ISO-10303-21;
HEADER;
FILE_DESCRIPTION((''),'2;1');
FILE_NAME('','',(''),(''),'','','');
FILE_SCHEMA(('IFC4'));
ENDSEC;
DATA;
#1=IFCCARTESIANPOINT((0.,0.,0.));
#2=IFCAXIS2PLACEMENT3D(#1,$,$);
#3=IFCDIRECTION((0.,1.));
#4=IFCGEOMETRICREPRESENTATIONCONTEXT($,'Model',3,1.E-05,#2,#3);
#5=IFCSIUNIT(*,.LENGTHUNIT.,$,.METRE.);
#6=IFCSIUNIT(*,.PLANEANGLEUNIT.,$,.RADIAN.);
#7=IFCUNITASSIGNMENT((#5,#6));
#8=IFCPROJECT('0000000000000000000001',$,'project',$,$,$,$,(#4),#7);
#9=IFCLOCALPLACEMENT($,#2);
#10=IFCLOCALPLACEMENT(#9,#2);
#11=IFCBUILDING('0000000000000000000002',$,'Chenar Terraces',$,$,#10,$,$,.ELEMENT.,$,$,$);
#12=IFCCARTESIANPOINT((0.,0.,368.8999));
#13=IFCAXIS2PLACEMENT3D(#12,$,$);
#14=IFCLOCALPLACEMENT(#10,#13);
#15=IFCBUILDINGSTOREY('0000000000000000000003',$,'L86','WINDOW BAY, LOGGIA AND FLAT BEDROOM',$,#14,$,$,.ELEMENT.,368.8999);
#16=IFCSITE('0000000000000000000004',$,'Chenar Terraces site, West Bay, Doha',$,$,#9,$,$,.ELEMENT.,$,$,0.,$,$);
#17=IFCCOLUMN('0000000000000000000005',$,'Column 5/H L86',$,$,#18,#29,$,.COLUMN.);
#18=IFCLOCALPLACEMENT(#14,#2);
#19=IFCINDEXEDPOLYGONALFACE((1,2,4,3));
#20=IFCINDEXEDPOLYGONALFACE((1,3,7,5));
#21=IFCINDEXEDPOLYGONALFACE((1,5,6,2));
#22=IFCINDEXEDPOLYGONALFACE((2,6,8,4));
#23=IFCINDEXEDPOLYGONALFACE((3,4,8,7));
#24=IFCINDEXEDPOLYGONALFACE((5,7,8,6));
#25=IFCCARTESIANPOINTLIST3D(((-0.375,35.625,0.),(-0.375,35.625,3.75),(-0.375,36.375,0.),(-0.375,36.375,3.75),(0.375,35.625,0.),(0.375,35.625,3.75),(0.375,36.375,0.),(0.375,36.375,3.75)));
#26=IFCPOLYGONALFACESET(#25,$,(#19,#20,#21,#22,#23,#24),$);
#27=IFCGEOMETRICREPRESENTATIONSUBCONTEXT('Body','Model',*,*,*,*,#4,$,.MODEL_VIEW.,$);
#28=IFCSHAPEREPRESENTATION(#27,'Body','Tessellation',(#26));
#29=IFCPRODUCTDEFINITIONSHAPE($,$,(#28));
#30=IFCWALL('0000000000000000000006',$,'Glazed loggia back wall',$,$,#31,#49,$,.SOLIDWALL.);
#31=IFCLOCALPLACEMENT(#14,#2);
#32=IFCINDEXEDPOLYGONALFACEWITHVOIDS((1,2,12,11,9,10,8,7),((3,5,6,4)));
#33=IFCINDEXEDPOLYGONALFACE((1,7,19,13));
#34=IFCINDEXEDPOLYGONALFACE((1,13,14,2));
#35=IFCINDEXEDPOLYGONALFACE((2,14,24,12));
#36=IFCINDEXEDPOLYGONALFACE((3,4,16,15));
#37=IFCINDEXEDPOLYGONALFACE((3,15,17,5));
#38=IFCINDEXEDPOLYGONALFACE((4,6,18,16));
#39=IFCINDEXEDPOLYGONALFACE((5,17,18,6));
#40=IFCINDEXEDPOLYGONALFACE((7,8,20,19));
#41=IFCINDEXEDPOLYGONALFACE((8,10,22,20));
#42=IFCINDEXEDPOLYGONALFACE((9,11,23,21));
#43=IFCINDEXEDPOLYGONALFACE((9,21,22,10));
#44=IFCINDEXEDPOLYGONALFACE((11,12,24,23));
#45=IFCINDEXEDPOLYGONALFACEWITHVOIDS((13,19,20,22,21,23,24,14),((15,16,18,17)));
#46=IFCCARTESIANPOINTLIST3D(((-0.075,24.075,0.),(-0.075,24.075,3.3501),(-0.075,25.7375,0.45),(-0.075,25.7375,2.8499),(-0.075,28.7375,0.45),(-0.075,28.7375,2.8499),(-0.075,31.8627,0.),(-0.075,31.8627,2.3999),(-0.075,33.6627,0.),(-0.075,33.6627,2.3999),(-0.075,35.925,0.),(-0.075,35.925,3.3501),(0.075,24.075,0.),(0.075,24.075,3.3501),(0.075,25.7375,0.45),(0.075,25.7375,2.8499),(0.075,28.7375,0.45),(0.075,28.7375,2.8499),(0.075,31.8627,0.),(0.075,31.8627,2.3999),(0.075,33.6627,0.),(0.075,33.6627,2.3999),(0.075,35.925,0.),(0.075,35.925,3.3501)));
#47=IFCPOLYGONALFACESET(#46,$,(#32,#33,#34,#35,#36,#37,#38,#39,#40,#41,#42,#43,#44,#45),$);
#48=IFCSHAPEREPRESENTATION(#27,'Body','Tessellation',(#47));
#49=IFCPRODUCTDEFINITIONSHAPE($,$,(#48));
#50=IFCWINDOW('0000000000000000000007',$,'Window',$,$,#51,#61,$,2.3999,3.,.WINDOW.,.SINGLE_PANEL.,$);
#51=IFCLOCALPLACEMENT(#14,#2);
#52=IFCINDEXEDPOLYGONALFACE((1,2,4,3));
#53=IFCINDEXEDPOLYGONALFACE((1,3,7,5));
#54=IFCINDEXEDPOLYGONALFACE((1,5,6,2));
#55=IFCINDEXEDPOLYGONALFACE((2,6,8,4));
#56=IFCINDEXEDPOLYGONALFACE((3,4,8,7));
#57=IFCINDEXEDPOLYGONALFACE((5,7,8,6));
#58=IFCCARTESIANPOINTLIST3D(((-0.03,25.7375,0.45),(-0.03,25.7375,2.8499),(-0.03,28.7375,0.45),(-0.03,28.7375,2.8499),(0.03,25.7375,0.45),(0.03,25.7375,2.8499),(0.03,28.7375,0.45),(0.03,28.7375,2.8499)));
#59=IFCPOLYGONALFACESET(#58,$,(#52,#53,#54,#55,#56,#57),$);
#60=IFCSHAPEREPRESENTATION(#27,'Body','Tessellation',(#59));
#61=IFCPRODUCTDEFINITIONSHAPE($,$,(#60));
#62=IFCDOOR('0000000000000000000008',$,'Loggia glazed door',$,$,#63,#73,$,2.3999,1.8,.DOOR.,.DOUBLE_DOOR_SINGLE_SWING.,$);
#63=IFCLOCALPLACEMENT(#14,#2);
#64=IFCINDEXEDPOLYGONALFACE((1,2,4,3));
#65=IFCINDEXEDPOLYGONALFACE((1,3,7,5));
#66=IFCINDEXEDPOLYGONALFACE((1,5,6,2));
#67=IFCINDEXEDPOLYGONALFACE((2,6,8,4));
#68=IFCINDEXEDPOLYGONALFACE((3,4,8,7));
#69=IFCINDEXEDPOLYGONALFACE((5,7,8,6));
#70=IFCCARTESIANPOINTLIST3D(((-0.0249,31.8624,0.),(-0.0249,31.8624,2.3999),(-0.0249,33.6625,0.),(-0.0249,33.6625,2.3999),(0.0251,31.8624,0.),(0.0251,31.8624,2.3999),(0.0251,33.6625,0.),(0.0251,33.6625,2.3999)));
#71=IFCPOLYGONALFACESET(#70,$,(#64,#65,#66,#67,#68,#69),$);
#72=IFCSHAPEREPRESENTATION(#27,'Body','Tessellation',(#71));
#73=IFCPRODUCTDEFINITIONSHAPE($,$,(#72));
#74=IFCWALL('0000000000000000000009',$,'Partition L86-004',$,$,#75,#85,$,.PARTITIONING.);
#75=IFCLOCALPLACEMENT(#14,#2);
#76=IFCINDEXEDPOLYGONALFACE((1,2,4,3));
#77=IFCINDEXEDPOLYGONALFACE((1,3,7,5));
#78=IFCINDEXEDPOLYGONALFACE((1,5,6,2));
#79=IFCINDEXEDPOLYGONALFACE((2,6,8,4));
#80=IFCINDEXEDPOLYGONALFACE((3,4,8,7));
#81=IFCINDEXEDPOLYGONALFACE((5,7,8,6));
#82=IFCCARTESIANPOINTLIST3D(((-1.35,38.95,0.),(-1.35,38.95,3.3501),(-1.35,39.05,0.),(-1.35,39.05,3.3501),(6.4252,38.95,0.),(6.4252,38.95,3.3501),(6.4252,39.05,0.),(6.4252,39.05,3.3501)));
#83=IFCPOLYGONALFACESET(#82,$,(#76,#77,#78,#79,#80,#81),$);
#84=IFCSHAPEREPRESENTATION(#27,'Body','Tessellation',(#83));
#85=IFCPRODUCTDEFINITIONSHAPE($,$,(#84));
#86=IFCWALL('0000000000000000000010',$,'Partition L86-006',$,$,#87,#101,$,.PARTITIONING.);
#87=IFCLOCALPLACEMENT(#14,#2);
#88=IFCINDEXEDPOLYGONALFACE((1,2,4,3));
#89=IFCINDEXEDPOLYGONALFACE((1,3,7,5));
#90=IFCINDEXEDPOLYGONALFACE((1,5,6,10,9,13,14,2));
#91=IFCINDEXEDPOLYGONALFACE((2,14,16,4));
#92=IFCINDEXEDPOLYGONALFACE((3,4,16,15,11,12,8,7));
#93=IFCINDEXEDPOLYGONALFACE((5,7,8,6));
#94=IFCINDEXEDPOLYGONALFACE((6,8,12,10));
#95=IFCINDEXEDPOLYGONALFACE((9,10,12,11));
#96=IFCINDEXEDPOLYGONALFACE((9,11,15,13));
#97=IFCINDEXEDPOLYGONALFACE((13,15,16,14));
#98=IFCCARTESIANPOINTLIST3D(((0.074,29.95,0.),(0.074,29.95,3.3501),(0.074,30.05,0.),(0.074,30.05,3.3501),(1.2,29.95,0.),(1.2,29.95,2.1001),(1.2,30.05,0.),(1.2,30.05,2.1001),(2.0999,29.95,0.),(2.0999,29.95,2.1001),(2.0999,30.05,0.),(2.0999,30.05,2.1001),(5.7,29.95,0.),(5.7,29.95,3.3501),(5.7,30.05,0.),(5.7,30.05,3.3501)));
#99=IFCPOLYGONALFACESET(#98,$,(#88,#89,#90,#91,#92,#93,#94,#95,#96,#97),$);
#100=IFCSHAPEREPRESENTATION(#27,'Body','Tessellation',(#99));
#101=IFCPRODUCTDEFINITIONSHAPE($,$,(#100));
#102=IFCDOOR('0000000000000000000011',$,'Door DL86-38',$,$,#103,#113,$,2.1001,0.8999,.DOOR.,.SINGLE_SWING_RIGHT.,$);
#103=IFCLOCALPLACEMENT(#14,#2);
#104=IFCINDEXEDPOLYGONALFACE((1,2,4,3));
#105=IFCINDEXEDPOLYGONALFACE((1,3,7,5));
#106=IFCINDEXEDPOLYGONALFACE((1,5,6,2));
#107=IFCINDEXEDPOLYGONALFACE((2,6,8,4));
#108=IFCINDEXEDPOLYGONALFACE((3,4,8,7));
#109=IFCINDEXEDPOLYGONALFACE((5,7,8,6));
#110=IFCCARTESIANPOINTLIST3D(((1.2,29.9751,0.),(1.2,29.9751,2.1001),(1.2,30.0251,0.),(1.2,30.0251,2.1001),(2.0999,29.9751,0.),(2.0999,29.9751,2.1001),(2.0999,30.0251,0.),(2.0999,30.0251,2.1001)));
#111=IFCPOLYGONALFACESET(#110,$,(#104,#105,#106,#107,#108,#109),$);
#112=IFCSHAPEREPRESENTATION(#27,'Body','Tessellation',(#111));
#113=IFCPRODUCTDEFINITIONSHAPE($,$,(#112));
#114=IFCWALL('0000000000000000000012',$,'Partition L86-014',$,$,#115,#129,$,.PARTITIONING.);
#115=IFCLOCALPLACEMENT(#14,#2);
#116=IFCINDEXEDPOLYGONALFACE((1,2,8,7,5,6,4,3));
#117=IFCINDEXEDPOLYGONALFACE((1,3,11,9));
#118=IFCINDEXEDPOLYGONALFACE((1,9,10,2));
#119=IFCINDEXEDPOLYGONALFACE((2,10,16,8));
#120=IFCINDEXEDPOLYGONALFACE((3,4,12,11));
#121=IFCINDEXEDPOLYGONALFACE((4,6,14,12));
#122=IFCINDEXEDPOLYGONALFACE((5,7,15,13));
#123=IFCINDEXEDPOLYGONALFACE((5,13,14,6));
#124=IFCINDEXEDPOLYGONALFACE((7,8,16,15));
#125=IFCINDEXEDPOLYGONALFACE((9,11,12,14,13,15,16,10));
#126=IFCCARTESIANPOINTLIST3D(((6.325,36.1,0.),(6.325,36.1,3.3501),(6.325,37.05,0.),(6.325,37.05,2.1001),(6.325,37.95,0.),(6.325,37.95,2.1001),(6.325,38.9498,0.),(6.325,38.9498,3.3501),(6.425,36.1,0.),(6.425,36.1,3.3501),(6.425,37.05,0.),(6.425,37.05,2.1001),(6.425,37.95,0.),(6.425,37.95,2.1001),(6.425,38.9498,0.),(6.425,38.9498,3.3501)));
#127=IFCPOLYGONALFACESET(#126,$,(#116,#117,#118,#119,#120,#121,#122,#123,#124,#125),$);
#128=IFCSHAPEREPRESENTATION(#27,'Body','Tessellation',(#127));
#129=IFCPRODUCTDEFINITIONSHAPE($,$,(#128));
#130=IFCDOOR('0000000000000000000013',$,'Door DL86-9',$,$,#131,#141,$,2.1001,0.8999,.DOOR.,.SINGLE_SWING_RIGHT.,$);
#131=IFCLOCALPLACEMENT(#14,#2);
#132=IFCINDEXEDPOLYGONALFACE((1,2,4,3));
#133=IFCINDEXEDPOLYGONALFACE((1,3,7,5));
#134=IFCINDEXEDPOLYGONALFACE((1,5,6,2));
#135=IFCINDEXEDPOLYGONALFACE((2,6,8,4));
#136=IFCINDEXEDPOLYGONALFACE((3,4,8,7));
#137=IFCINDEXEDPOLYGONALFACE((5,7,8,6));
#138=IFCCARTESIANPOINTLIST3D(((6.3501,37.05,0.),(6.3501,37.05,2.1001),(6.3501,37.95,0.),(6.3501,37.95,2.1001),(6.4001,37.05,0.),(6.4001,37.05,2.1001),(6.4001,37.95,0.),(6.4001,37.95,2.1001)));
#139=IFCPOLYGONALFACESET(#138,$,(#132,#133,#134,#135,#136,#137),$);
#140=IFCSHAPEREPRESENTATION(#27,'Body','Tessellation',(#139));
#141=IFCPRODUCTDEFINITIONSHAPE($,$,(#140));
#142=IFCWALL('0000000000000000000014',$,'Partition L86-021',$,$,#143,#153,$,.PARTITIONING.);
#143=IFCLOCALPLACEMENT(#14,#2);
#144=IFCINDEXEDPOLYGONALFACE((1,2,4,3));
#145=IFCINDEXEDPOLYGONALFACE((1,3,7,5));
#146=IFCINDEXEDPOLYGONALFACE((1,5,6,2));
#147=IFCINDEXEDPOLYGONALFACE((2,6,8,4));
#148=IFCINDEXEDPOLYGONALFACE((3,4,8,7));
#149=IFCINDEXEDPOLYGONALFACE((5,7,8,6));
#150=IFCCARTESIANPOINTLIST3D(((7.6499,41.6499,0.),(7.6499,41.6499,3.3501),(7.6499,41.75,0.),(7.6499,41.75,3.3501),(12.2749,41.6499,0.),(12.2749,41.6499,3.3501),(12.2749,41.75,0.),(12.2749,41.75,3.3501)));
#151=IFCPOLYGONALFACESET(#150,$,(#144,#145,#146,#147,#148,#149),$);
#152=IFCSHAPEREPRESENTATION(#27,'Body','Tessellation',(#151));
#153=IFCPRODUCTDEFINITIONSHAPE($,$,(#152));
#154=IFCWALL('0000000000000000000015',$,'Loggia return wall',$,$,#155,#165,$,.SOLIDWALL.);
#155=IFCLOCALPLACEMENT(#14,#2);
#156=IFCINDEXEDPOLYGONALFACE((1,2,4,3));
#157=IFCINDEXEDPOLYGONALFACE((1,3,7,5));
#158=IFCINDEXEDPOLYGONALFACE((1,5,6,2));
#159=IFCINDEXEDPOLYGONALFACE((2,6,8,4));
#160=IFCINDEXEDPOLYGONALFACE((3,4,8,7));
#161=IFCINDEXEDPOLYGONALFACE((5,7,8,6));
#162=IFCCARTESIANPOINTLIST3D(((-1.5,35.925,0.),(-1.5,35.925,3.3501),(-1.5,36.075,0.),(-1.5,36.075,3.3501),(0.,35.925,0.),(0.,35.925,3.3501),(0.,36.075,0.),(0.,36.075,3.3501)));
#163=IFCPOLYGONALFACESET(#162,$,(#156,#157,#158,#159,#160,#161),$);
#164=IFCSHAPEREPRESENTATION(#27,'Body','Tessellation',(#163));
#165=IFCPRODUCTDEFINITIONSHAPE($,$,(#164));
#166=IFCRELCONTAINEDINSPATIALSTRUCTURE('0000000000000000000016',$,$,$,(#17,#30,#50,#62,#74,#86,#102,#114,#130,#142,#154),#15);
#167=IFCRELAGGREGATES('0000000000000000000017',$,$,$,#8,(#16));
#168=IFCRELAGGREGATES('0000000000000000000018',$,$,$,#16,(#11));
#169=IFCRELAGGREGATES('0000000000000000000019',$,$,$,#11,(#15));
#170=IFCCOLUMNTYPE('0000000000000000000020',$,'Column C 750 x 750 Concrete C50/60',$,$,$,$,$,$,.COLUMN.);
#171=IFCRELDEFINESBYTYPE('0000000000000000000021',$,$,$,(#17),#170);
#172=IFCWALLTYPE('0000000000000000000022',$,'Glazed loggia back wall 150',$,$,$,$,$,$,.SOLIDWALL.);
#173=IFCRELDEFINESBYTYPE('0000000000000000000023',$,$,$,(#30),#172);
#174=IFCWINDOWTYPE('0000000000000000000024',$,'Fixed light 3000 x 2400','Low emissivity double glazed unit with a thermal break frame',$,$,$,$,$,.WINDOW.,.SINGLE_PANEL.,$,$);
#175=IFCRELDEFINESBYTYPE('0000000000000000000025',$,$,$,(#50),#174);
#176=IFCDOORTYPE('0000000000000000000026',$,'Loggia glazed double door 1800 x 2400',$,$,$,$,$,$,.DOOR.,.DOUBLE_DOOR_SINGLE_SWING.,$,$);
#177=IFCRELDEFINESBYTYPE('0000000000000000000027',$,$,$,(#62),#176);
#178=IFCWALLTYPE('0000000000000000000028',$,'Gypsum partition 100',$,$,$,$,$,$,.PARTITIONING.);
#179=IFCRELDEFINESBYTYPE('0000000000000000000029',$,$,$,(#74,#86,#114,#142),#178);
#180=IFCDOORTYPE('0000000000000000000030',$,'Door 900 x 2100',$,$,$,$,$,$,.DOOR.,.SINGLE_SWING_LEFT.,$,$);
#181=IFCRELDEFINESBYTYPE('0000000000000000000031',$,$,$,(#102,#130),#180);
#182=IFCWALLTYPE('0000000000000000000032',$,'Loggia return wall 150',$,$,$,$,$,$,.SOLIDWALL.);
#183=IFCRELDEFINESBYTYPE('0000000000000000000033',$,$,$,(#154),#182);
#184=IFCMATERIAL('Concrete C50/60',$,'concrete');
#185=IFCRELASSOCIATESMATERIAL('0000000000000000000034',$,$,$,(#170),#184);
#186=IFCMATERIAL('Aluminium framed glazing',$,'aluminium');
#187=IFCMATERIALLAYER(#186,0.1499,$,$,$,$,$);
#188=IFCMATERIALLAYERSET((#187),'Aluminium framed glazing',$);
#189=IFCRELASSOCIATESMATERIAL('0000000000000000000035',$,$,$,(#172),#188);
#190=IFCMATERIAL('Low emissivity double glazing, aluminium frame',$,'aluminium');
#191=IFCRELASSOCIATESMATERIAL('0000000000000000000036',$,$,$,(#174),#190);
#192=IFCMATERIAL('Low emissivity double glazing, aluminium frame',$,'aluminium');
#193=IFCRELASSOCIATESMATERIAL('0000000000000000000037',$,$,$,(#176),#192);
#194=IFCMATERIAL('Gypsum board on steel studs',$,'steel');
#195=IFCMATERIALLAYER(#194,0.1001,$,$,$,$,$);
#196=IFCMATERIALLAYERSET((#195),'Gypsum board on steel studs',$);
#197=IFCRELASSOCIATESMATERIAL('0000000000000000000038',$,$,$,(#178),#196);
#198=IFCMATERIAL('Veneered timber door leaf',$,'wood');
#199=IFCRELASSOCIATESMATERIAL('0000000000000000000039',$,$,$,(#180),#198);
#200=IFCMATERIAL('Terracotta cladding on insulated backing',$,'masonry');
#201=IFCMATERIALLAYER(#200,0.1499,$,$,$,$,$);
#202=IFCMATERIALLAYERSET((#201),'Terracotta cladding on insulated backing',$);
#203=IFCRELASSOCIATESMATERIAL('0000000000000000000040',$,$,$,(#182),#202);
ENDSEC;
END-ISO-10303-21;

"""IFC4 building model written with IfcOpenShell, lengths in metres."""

from ifc_helpers import new_model, si_unit, direction, frame, frame_2d, origin, origin_2d, place, context, subcontext, project, spatial, rectangle, extrude, material, layer, layer_set, material_profile, profile_set, type_object, element, fill, save


model = new_model("IFC4")

# Units and contexts
model_context = context("Model", 3, precision=1e-05, world=origin(), true_north=direction((0.0, 1.0)))
body_context = subcontext(model_context, "Body", "Model", "MODEL_VIEW")
ifc_project = project(units=[si_unit("LENGTHUNIT", "METRE"), si_unit("PLANEANGLEUNIT", "RADIAN")], contexts=[model_context])

# Site, building, storey
site_placement = place(None, origin())
site = spatial("IfcSite", under=ifc_project, at=site_placement, Name="Chenar Terraces site, West Bay, Doha", CompositionType="ELEMENT", RefElevation=0.0)
building_placement = place(site_placement, origin())
building = spatial("IfcBuilding", under=site, at=building_placement, Name="Chenar Terraces", CompositionType="ELEMENT")
storey_placement = place(building_placement, frame((0.0, 0.0, 368.8999)))
storey = spatial("IfcBuildingStorey", under=building, at=storey_placement, Name="L86", Description="WINDOW BAY, LOGGIA AND FLAT BEDROOM", CompositionType="ELEMENT", Elevation=368.8999)

# Column
ifc_material_1 = material(Name="Concrete C50/60", Category="concrete")
ifc_material_profile_1 = material_profile(ifc_material_1, rectangle(XDim=0.75, YDim=0.75, at=origin_2d()), Name="C 750 x 750")
ifc_profile_set_1 = profile_set([ifc_material_profile_1], Name="Concrete C50/60")
column_type = type_object("IfcColumnType", Name="Column C 750 x 750 Concrete C50/60", PredefinedType="COLUMN", material=ifc_profile_set_1)
placement = place(storey_placement, frame((0.0, 36.0, 0.0), z_axis=(0.0, 0.0, 1.0), x_axis=(1.0, 0.0, 0.0)))
element("IfcColumn", 1, at=placement, inside=storey, type_object=column_type, Name="Column 5/H L86", PredefinedType="COLUMN", context=body_context, shape_type="SweptSolid", body=[
    extrude(rectangle(XDim=0.75, YDim=0.75, at=origin_2d()), origin(), (0.0, 0.0, 1.0), 3.75),
])

# Wall, openings, window, door
ifc_material_2 = material(Name="Aluminium framed glazing", Category="aluminium")
ifc_layer_1 = layer(ifc_material_2, 0.1499)
ifc_layer_set_1 = layer_set([ifc_layer_1], Name="Aluminium framed glazing")
wall_type_1 = type_object("IfcWallType", Name="Glazed loggia back wall 150", PredefinedType="SOLIDWALL", material=ifc_layer_set_1)
wall_1_placement = place(storey_placement, frame((0.0, 35.925, 0.0), z_axis=(0.0, 0.0, 1.0), x_axis=(0.0, -1.0, 0.0)))
wall_1 = element("IfcWall", 2, at=wall_1_placement, inside=storey, type_object=wall_type_1, Name="Glazed loggia back wall", PredefinedType="SOLIDWALL", context=body_context, shape_type="SweptSolid", body=[
    extrude(rectangle(XDim=11.8501, YDim=0.1499, at=frame_2d((5.925, 0.0))), origin(), (0.0, 0.0, 1.0), 3.3501),
])
opening_1_placement = place(wall_1_placement, frame((2.2625, 0.0, 0.0)))
opening_1 = element("IfcOpeningElement", 3, at=opening_1_placement, cuts=wall_1, PredefinedType="OPENING", context=body_context, shape_type="SweptSolid", body=[
    extrude(rectangle(XDim=1.8, YDim=2.3999, at=frame_2d((0.8999, 1.2))), frame((0.0, 0.085, 0.0), z_axis=(0.0, -1.0, 0.0), x_axis=(1.0, 0.0, 0.0)), (0.0, 0.0, 1.0), 0.1699),
])
opening_2_placement = place(wall_1_placement, frame((7.1875, 0.0, 0.45)))
opening_2 = element("IfcOpeningElement", 4, at=opening_2_placement, cuts=wall_1, PredefinedType="OPENING", context=body_context, shape_type="SweptSolid", body=[
    extrude(rectangle(XDim=3.0, YDim=2.3999, at=frame_2d((1.5, 1.2))), frame((0.0, 0.085, 0.0), z_axis=(0.0, -1.0, 0.0), x_axis=(1.0, 0.0, 0.0)), (0.0, 0.0, 1.0), 0.1699),
])
ifc_material_3 = material(Name="Low emissivity double glazing, aluminium frame", Category="aluminium")
window_type = type_object("IfcWindowType", Name="Fixed light 3000 x 2400", Description="Low emissivity double glazed unit with a thermal break frame", PartitioningType="SINGLE_PANEL", PredefinedType="WINDOW", material=ifc_material_3)
window_placement = place(opening_2_placement, origin())
window = element("IfcWindow", 5, at=window_placement, inside=storey, type_object=window_type, Name="Window", OverallHeight=2.3999, OverallWidth=3.0, PartitioningType="SINGLE_PANEL", PredefinedType="WINDOW", context=body_context, shape_type="SweptSolid", body=[
    extrude(rectangle(XDim=3.0, YDim=2.3999, at=frame_2d((1.5, 1.2))), frame((0.0, 0.03, 0.0), z_axis=(0.0, -1.0, 0.0), x_axis=(1.0, 0.0, 0.0)), (0.0, 0.0, 1.0), 0.0601),
])
fill(opening_2, window)
ifc_material_4 = material(Name="Low emissivity double glazing, aluminium frame", Category="aluminium")
door_type_1 = type_object("IfcDoorType", Name="Loggia glazed double door 1800 x 2400", OperationType="DOUBLE_DOOR_SINGLE_SWING", PredefinedType="DOOR", material=ifc_material_4)
door_1_placement = place(opening_1_placement, frame((1.8, 0.0, 0.0), z_axis=(0.0, 0.0, 1.0), x_axis=(-1.0, 0.0, 0.0)))
door_1 = element("IfcDoor", 6, at=door_1_placement, inside=storey, type_object=door_type_1, Name="Loggia glazed door", OperationType="DOUBLE_DOOR_SINGLE_SWING", OverallHeight=2.3999, OverallWidth=1.8, PredefinedType="DOOR", context=body_context, shape_type="SweptSolid", body=[
    extrude(rectangle(XDim=1.8, YDim=2.3999, at=frame_2d((0.8999, 1.2))), frame((0.0, 0.0249, 0.0), z_axis=(0.0, -1.0, 0.0), x_axis=(1.0, 0.0, 0.0)), (0.0, 0.0, 1.0), 0.05),
])
fill(opening_1, door_1)

# Wall
ifc_material_5 = material(Name="Gypsum board on steel studs", Category="steel")
ifc_layer_2 = layer(ifc_material_5, 0.1001)
ifc_layer_set_2 = layer_set([ifc_layer_2], Name="Gypsum board on steel studs")
wall_type_2 = type_object("IfcWallType", Name="Gypsum partition 100", PredefinedType="PARTITIONING", material=ifc_layer_set_2)
wall_2_placement = place(storey_placement, frame((-1.3501, 39.0, 0.0), z_axis=(0.0, 0.0, 1.0), x_axis=(1.0, 0.0, 0.0)))
element("IfcWall", 7, at=wall_2_placement, inside=storey, type_object=wall_type_2, Name="Partition L86-004", PredefinedType="PARTITIONING", context=body_context, shape_type="SweptSolid", body=[
    extrude(rectangle(XDim=7.7751, YDim=0.1001, at=frame_2d((3.8877, 0.0))), origin(), (0.0, 0.0, 1.0), 3.3501),
])

# Walls, openings, doors
wall_3_placement = place(storey_placement, frame((0.074, 30.0, 0.0), z_axis=(0.0, 0.0, 1.0), x_axis=(1.0, 0.0, 0.0)))
wall_3 = element("IfcWall", 8, at=wall_3_placement, inside=storey, type_object=wall_type_2, Name="Partition L86-006", PredefinedType="PARTITIONING", context=body_context, shape_type="SweptSolid", body=[
    extrude(rectangle(XDim=5.626, YDim=0.1001, at=frame_2d((2.813, 0.0))), origin(), (0.0, 0.0, 1.0), 3.3501),
])
opening_3_placement = place(wall_3_placement, frame((1.126, 0.0, 0.0)))
opening_3 = element("IfcOpeningElement", 9, at=opening_3_placement, cuts=wall_3, PredefinedType="OPENING", context=body_context, shape_type="SweptSolid", body=[
    extrude(rectangle(XDim=0.8999, YDim=2.1001, at=frame_2d((0.45, 1.05))), frame((0.0, 0.0601, 0.0), z_axis=(0.0, -1.0, 0.0), x_axis=(1.0, 0.0, 0.0)), (0.0, 0.0, 1.0), 0.1201),
])
ifc_material_6 = material(Name="Veneered timber door leaf", Category="wood")
door_type_2 = type_object("IfcDoorType", Name="Door 900 x 2100", OperationType="SINGLE_SWING_LEFT", PredefinedType="DOOR", material=ifc_material_6)
door_2_placement = place(opening_3_placement, frame((0.8999, 0.0, 0.0), z_axis=(0.0, 0.0, 1.0), x_axis=(-1.0, 0.0, 0.0)))
door_2 = element("IfcDoor", 10, at=door_2_placement, inside=storey, type_object=door_type_2, Name="Door DL86-38", OperationType="SINGLE_SWING_RIGHT", OverallHeight=2.1001, OverallWidth=0.8999, PredefinedType="DOOR", context=body_context, shape_type="SweptSolid", body=[
    extrude(rectangle(XDim=0.8999, YDim=2.1001, at=frame_2d((0.45, 1.05))), frame((0.0, 0.0249, 0.0), z_axis=(0.0, -1.0, 0.0), x_axis=(1.0, 0.0, 0.0)), (0.0, 0.0, 1.0), 0.05),
])
fill(opening_3, door_2)
wall_4_placement = place(storey_placement, frame((6.375, 36.1001, 0.0), z_axis=(0.0, 0.0, 1.0), x_axis=(0.0, 1.0, 0.0)))
wall_4 = element("IfcWall", 11, at=wall_4_placement, inside=storey, type_object=wall_type_2, Name="Partition L86-014", PredefinedType="PARTITIONING", context=body_context, shape_type="SweptSolid", body=[
    extrude(rectangle(XDim=2.8499, YDim=0.1001, at=frame_2d((1.4248, 0.0))), origin(), (0.0, 0.0, 1.0), 3.3501),
])
opening_4_placement = place(wall_4_placement, frame((0.95, 0.0, 0.0)))
opening_4 = element("IfcOpeningElement", 12, at=opening_4_placement, cuts=wall_4, PredefinedType="OPENING", context=body_context, shape_type="SweptSolid", body=[
    extrude(rectangle(XDim=0.8999, YDim=2.1001, at=frame_2d((0.45, 1.05))), frame((0.0, 0.0601, 0.0), z_axis=(0.0, -1.0, 0.0), x_axis=(1.0, 0.0, 0.0)), (0.0, 0.0, 1.0), 0.1201),
])
door_3_placement = place(opening_4_placement, origin())
door_3 = element("IfcDoor", 13, at=door_3_placement, inside=storey, type_object=door_type_2, Name="Door DL86-9", OperationType="SINGLE_SWING_RIGHT", OverallHeight=2.1001, OverallWidth=0.8999, PredefinedType="DOOR", context=body_context, shape_type="SweptSolid", body=[
    extrude(rectangle(XDim=0.8999, YDim=2.1001, at=frame_2d((0.45, 1.05))), frame((0.0, 0.0249, 0.0), z_axis=(0.0, -1.0, 0.0), x_axis=(1.0, 0.0, 0.0)), (0.0, 0.0, 1.0), 0.05),
])
fill(opening_4, door_3)

# Walls
wall_5_placement = place(storey_placement, frame((7.6499, 41.7, 0.0), z_axis=(0.0, 0.0, 1.0), x_axis=(1.0, 0.0, 0.0)))
element("IfcWall", 14, at=wall_5_placement, inside=storey, type_object=wall_type_2, Name="Partition L86-021", PredefinedType="PARTITIONING", context=body_context, shape_type="SweptSolid", body=[
    extrude(rectangle(XDim=4.625, YDim=0.1001, at=frame_2d((2.3125, 0.0))), origin(), (0.0, 0.0, 1.0), 3.3501),
])
ifc_material_7 = material(Name="Terracotta cladding on insulated backing", Category="masonry")
ifc_layer_3 = layer(ifc_material_7, 0.1499)
ifc_layer_set_3 = layer_set([ifc_layer_3], Name="Terracotta cladding on insulated backing")
wall_type_3 = type_object("IfcWallType", Name="Loggia return wall 150", PredefinedType="SOLIDWALL", material=ifc_layer_set_3)
wall_6_placement = place(storey_placement, frame((-1.5, 36.0, 0.0), z_axis=(0.0, 0.0, 1.0), x_axis=(1.0, 0.0, 0.0)))
element("IfcWall", 15, at=wall_6_placement, inside=storey, type_object=wall_type_3, Name="Loggia return wall", PredefinedType="SOLIDWALL", context=body_context, shape_type="SweptSolid", body=[
    extrude(rectangle(XDim=1.5, YDim=0.1499, at=frame_2d((0.75, 0.0))), origin(), (0.0, 0.0, 1.0), 3.3501),
])

save(model, "model.ifc")
